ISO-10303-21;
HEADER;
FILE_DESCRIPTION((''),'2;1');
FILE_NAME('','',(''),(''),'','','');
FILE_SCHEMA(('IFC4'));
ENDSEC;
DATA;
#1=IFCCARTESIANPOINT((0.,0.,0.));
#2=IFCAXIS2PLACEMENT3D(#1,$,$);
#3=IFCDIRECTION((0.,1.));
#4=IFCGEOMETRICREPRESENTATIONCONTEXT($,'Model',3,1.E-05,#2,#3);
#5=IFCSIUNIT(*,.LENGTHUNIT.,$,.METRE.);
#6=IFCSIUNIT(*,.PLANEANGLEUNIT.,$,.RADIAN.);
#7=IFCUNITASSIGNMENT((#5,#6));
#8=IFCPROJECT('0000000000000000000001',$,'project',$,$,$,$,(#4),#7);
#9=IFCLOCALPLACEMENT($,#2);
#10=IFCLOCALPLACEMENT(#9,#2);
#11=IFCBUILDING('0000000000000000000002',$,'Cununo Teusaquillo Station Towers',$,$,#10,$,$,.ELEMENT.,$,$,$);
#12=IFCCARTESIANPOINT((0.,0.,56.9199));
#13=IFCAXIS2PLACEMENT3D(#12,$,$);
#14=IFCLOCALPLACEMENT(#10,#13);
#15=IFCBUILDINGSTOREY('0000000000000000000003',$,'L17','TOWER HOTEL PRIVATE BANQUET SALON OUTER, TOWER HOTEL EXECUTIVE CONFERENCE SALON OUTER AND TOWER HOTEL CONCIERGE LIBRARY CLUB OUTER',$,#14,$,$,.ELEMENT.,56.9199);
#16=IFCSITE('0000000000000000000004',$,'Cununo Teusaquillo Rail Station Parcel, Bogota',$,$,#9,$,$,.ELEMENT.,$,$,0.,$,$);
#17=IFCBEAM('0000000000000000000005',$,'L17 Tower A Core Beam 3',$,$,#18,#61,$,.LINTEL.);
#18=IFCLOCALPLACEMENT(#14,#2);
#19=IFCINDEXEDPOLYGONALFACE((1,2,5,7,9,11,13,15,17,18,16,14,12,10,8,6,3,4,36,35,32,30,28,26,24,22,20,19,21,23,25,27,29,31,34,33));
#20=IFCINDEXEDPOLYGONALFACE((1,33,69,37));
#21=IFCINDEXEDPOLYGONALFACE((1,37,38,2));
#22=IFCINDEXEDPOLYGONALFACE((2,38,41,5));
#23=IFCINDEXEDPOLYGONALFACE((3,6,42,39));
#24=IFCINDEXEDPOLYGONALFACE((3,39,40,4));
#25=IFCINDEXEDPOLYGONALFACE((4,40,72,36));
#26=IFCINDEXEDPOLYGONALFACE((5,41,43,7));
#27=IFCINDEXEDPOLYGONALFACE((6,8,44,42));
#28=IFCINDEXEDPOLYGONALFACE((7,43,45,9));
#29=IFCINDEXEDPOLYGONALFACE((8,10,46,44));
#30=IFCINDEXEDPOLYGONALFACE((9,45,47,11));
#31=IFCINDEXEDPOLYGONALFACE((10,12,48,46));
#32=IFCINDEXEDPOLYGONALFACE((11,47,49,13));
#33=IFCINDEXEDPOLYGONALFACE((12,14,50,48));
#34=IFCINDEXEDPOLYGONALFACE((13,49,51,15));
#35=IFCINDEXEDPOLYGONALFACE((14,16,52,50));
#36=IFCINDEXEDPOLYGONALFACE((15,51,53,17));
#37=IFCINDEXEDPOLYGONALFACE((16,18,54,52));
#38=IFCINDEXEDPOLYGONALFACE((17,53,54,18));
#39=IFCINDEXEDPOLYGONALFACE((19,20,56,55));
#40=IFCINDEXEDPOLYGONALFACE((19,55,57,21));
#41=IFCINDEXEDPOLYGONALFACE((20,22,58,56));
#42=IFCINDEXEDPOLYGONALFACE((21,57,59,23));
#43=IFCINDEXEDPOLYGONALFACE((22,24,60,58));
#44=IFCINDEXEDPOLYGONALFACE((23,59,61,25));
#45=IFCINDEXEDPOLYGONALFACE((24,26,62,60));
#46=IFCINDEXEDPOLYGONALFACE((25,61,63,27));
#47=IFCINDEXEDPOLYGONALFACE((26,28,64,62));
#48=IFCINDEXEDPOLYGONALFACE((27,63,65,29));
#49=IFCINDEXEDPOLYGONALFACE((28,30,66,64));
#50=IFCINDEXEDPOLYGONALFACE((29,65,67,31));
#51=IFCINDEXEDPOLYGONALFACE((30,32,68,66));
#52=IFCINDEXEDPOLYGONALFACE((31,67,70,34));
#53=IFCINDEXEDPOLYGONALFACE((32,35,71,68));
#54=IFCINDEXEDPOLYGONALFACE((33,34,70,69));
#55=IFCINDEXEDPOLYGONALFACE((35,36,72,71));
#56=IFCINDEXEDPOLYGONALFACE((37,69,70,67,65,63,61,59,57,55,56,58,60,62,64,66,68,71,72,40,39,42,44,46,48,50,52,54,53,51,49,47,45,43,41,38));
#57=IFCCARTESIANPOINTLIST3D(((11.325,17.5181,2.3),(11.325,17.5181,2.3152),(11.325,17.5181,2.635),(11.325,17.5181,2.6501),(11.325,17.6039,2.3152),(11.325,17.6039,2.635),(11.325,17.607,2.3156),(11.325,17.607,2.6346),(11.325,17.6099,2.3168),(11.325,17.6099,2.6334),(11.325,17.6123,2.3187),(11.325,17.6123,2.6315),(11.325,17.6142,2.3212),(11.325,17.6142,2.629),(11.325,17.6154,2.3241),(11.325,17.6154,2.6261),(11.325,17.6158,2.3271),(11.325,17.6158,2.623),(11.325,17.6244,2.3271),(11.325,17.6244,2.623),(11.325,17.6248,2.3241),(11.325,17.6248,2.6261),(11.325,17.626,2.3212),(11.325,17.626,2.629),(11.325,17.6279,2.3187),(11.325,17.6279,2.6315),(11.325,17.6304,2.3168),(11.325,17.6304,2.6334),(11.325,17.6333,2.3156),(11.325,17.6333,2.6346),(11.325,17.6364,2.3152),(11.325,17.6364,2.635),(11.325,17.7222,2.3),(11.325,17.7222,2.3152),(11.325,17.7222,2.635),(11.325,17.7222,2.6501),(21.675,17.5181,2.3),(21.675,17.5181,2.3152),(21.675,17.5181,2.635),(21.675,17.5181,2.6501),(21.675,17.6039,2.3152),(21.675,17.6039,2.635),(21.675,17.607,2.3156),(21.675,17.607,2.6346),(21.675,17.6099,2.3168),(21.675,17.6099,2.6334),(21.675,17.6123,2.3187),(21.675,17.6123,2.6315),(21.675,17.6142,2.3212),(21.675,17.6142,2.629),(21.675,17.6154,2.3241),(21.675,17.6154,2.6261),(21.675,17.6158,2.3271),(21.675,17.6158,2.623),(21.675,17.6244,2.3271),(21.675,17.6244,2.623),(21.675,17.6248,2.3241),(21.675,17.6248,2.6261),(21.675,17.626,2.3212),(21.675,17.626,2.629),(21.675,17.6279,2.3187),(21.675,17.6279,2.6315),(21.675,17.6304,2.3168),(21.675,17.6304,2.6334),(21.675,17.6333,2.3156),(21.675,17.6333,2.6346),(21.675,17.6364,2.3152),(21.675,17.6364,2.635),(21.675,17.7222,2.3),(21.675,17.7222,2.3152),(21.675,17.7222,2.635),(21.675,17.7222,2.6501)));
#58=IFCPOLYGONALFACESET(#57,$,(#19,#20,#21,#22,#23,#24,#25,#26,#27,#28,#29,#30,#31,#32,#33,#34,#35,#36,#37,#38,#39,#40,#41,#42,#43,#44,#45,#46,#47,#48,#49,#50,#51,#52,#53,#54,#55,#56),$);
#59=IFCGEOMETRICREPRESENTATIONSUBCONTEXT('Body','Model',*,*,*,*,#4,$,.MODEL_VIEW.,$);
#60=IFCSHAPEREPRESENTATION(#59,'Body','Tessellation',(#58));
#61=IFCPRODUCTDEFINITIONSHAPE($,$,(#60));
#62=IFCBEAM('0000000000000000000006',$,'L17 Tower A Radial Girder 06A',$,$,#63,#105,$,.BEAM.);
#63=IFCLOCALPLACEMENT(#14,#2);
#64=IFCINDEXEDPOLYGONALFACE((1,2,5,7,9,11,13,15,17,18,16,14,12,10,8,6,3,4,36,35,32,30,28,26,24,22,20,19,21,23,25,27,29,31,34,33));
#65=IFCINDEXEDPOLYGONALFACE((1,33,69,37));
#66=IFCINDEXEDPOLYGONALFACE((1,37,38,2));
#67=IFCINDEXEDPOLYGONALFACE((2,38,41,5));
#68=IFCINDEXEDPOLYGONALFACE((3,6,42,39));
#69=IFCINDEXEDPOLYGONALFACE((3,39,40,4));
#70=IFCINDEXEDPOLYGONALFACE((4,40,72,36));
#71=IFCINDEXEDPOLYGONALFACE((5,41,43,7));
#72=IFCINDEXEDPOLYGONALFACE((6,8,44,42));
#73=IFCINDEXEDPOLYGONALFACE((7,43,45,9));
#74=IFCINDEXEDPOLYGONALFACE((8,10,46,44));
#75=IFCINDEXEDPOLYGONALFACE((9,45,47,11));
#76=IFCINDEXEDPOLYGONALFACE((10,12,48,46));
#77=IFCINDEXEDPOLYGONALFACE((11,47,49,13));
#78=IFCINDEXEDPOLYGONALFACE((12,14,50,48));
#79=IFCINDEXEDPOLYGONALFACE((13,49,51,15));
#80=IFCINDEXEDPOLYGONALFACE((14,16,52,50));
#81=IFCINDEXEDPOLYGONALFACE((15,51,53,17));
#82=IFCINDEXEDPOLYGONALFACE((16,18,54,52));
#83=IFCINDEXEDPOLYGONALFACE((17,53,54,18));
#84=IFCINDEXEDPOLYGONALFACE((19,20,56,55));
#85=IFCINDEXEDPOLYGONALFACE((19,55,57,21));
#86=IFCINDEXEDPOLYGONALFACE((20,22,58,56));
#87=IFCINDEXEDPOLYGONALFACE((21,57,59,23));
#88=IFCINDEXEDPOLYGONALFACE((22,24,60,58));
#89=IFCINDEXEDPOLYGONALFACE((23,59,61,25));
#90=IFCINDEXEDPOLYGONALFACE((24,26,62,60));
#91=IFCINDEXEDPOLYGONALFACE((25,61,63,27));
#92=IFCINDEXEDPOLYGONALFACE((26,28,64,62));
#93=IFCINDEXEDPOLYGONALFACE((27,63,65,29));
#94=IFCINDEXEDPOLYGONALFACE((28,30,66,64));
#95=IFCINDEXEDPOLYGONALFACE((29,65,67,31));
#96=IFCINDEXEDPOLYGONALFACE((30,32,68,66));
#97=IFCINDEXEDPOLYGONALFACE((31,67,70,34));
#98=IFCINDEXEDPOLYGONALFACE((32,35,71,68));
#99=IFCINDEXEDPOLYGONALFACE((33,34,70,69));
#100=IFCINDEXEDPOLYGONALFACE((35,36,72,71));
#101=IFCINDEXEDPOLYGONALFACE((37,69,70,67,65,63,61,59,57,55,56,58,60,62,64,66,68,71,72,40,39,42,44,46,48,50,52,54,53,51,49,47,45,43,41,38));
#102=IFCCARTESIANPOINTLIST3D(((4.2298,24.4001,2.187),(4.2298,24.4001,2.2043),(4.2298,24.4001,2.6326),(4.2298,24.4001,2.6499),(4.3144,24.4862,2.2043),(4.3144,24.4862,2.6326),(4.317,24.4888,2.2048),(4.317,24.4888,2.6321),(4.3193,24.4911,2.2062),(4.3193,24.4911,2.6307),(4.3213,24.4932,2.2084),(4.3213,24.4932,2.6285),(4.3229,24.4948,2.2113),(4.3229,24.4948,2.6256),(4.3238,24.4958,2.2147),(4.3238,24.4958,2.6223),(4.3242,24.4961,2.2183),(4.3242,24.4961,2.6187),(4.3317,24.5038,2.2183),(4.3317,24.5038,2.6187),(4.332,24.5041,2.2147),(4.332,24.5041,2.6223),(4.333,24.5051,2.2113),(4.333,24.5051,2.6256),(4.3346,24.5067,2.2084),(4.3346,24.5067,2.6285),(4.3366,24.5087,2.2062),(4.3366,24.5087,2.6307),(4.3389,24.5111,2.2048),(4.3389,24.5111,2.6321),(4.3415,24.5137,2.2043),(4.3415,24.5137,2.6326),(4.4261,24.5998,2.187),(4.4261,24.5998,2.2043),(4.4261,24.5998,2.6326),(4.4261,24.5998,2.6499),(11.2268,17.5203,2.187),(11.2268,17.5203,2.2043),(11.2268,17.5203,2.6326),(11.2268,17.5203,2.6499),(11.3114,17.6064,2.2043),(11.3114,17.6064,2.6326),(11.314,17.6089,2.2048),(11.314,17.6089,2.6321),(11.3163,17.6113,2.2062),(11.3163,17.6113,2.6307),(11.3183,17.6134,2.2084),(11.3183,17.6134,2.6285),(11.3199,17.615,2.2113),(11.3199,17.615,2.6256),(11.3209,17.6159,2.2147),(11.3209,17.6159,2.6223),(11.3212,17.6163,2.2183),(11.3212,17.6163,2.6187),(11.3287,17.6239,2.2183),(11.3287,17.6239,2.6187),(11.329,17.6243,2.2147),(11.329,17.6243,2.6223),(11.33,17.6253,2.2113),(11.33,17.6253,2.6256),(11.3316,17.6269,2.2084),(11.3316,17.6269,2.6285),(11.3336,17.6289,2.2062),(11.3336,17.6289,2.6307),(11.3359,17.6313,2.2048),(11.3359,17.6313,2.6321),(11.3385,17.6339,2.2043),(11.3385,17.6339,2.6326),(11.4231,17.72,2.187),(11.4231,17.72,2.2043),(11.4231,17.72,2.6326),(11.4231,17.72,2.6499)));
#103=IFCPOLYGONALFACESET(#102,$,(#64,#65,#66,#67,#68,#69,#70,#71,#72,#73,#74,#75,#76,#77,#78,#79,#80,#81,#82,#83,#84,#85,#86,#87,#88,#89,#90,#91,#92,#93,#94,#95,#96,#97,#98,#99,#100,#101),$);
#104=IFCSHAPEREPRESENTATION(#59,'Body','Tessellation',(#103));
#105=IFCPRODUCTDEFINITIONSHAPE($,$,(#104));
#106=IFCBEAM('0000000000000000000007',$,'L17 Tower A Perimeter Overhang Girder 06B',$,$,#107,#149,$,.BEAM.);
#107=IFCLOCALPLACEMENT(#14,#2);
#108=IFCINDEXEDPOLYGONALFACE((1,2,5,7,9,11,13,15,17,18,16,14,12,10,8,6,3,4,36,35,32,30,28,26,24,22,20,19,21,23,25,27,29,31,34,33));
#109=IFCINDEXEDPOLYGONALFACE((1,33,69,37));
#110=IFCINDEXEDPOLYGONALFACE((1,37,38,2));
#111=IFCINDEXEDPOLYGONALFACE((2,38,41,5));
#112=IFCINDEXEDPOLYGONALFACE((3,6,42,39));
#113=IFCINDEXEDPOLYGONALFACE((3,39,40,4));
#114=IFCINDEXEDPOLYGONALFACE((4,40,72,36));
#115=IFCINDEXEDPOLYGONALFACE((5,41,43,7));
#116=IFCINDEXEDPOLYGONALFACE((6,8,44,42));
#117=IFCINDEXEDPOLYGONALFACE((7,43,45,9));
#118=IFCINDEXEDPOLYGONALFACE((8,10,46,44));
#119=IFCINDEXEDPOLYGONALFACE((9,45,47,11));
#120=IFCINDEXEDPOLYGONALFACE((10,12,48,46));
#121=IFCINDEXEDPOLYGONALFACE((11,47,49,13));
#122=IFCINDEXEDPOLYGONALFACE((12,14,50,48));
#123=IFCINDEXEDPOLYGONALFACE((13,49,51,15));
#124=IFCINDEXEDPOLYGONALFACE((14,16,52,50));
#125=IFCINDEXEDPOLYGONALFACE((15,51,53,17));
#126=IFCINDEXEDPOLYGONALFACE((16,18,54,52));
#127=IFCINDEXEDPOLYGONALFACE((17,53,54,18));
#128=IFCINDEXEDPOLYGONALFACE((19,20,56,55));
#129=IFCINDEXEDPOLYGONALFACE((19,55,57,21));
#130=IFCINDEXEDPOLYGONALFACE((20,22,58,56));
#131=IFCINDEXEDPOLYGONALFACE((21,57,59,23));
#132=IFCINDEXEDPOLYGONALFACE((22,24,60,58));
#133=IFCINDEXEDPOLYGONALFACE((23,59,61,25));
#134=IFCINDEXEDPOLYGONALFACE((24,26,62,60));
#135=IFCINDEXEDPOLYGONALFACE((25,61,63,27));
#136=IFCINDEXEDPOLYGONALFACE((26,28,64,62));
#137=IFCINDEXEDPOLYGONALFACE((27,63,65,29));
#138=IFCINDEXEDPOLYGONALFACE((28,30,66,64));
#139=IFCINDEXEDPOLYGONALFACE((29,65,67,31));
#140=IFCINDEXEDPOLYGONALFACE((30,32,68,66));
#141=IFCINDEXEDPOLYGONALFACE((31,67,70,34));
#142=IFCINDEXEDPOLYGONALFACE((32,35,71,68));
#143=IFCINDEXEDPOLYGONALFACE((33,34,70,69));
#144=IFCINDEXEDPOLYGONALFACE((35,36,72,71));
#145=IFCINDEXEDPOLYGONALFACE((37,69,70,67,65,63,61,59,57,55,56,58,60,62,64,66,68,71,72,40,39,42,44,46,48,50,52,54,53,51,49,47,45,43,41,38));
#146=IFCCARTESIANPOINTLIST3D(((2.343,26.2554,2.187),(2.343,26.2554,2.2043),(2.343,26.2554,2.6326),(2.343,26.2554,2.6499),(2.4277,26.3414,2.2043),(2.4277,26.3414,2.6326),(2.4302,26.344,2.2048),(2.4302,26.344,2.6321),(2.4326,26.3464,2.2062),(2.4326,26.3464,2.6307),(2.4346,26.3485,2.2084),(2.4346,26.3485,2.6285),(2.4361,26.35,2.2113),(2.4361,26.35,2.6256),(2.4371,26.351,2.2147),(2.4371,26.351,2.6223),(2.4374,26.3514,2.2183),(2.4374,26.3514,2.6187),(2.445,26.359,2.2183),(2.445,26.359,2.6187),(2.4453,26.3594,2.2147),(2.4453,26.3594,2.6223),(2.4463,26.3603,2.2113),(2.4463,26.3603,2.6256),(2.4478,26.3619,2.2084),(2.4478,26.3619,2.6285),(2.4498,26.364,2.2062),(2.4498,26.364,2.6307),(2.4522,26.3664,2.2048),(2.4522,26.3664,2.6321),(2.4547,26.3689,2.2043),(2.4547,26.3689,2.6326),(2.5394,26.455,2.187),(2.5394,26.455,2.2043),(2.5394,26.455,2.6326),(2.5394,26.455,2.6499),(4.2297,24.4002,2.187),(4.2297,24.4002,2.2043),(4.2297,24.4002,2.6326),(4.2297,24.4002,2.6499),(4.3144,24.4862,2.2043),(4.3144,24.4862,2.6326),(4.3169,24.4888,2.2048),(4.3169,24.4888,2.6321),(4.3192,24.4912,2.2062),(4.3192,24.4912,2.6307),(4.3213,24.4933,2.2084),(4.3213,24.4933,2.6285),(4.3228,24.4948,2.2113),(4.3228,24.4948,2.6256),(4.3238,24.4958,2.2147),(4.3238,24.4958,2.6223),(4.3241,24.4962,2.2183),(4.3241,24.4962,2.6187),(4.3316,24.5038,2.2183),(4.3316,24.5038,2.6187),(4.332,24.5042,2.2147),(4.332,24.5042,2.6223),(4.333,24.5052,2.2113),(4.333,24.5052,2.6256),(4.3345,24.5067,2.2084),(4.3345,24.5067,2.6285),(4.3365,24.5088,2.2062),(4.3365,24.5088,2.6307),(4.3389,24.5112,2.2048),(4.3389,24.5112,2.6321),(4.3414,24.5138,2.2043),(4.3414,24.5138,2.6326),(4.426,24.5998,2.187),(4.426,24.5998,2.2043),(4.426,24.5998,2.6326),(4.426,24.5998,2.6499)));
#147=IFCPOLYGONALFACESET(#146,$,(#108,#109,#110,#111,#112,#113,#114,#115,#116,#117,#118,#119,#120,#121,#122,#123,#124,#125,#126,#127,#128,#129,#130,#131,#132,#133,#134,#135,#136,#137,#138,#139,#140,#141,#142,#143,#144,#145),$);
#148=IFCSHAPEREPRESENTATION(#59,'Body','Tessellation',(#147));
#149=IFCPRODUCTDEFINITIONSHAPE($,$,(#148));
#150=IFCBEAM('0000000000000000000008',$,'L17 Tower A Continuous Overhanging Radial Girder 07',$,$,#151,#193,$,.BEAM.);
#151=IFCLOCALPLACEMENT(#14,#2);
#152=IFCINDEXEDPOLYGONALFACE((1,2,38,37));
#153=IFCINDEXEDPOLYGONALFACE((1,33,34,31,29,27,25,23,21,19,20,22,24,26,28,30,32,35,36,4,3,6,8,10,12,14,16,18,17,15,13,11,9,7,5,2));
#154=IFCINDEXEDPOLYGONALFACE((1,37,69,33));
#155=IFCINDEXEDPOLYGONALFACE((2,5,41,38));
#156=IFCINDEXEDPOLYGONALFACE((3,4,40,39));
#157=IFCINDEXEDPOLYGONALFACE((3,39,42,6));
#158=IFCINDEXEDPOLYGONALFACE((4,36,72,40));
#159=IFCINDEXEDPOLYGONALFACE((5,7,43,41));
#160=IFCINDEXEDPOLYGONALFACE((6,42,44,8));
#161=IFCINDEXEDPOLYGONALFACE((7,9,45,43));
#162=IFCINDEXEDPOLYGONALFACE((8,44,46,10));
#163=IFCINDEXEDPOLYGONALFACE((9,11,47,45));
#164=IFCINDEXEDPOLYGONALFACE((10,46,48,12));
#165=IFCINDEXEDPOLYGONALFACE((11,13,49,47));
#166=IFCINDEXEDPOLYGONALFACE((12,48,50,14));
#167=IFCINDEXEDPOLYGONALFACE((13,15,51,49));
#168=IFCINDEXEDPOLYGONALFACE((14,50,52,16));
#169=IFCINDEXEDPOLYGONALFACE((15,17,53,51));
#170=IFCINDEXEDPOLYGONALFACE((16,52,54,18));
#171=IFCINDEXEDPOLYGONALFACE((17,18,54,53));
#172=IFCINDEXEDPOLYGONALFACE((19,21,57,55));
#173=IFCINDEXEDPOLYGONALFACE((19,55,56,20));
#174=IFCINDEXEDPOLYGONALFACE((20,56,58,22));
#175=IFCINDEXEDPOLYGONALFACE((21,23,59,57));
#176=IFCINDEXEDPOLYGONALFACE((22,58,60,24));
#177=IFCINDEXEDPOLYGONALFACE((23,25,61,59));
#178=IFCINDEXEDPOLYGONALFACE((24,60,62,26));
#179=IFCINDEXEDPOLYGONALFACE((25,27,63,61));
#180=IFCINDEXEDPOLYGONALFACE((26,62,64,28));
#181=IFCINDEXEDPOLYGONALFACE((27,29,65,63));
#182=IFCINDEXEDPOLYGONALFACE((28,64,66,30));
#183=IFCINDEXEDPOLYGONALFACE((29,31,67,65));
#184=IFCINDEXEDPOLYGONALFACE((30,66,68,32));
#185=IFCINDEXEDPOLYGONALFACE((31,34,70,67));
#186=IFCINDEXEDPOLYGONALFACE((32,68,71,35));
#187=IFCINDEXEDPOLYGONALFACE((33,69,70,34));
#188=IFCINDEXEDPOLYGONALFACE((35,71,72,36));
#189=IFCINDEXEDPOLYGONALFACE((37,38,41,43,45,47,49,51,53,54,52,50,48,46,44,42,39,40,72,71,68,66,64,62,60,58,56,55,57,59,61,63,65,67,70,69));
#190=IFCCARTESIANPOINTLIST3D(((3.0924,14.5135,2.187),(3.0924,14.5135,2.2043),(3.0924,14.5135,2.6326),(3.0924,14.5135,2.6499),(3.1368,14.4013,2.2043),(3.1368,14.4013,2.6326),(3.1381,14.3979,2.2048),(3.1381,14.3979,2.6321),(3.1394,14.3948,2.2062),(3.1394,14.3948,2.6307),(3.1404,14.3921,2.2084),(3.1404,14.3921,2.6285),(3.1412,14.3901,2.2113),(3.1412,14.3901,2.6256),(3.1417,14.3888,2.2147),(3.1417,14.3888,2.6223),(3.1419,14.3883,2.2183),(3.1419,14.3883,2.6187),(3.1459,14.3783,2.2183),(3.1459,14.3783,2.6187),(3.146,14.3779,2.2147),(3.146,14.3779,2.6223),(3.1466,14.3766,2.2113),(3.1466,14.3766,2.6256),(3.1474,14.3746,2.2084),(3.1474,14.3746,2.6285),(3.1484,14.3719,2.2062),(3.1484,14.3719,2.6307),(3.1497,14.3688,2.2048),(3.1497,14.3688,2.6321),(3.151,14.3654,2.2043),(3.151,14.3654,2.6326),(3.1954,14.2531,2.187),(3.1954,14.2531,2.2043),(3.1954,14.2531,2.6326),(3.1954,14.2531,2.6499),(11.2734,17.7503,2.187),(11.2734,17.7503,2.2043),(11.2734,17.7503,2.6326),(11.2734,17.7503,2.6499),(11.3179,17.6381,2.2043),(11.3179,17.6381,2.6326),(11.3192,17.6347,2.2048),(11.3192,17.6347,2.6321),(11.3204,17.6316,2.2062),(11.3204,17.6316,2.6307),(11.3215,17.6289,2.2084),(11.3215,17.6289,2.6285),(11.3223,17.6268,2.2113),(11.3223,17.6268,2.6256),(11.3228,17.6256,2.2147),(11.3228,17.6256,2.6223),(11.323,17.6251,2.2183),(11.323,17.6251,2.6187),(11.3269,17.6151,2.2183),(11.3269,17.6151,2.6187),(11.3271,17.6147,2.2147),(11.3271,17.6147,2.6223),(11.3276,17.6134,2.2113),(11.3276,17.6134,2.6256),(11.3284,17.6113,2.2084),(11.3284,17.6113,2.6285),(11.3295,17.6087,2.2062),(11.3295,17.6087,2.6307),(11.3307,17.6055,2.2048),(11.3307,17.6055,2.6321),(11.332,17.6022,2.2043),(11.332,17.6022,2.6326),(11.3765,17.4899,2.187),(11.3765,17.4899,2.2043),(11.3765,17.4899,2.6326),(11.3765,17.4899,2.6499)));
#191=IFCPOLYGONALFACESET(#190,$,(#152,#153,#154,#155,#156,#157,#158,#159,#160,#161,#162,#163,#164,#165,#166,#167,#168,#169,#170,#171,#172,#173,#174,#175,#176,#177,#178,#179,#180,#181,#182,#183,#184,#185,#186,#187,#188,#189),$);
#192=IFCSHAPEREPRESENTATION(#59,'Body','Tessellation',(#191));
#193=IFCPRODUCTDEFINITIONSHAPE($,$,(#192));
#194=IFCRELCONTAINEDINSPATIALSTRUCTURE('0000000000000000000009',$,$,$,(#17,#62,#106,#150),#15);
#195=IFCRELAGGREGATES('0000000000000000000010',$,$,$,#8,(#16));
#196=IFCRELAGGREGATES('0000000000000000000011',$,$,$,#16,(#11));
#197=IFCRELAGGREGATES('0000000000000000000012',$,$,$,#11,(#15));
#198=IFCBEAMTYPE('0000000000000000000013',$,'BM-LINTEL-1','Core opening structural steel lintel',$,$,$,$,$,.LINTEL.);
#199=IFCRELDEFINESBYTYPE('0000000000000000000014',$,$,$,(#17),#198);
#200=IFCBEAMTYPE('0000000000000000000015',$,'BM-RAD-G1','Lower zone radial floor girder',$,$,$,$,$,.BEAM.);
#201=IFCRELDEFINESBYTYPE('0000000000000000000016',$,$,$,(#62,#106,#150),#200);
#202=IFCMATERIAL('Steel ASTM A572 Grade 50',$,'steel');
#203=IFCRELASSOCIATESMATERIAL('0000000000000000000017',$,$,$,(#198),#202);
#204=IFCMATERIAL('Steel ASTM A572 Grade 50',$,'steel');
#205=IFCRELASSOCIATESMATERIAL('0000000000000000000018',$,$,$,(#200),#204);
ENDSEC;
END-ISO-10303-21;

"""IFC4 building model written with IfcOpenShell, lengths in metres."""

from ifc_helpers import new_model, si_unit, direction, frame, origin, origin_2d, place, context, subcontext, project, spatial, i_section, extrude, material, material_profile, profile_set, type_object, element, save


model = new_model("IFC4")

# Units and contexts
model_context = context("Model", 3, precision=1e-05, world=origin(), true_north=direction((0.0, 1.0)))
body_context = subcontext(model_context, "Body", "Model", "MODEL_VIEW")
ifc_project = project(units=[si_unit("LENGTHUNIT", "METRE"), si_unit("PLANEANGLEUNIT", "RADIAN")], contexts=[model_context])

# Site, building, storey
site_placement = place(None, origin())
site = spatial("IfcSite", under=ifc_project, at=site_placement, Name="Cununo Teusaquillo Rail Station Parcel, Bogota", CompositionType="ELEMENT", RefElevation=0.0)
building_placement = place(site_placement, origin())
building = spatial("IfcBuilding", under=site, at=building_placement, Name="Cununo Teusaquillo Station Towers", CompositionType="ELEMENT")
storey_placement = place(building_placement, frame((0.0, 0.0, 56.9199)))
storey = spatial("IfcBuildingStorey", under=building, at=storey_placement, Name="L17", Description="TOWER HOTEL PRIVATE BANQUET SALON OUTER, TOWER HOTEL EXECUTIVE CONFERENCE SALON OUTER AND TOWER HOTEL CONCIERGE LIBRARY CLUB OUTER", CompositionType="ELEMENT", Elevation=56.9199)

# Beams
ifc_material_1 = material(Name="Steel ASTM A572 Grade 50", Category="steel")
ifc_material_profile_1 = material_profile(ifc_material_1, i_section(OverallWidth=0.2041, OverallDepth=0.3501, WebThickness=0.0085, FlangeThickness=0.0151, FilletRadius=0.012, at=origin_2d()), Name="W14X48")
ifc_profile_set_1 = profile_set([ifc_material_profile_1], Name="Steel ASTM A572 Grade 50")
beam_type_1 = type_object("IfcBeamType", Name="BM-LINTEL-1", Description="Core opening structural steel lintel", PredefinedType="LINTEL", material=ifc_profile_set_1)
beam_1_placement = place(storey_placement, frame((11.325, 17.6201, 2.4751), z_axis=(1.0, 0.0, 0.0), x_axis=(0.0, 1.0, 0.0)))
element("IfcBeam", 1, at=beam_1_placement, inside=storey, type_object=beam_type_1, Name="L17 Tower A Core Beam 3", PredefinedType="LINTEL", context=body_context, shape_type="SweptSolid", body=[
    extrude(i_section(OverallWidth=0.2041, OverallDepth=0.3501, WebThickness=0.0085, FlangeThickness=0.0151, FilletRadius=0.012, at=origin_2d()), origin(), (0.0, 0.0, 1.0), 10.3501),
])
ifc_material_2 = material(Name="Steel ASTM A572 Grade 50", Category="steel")
ifc_material_profile_2 = material_profile(ifc_material_2, i_section(OverallWidth=0.28, OverallDepth=0.4629, WebThickness=0.0107, FlangeThickness=0.0173, FilletRadius=0.0139, at=origin_2d()), Name="W18X76")
ifc_profile_set_2 = profile_set([ifc_material_profile_2], Name="Steel ASTM A572 Grade 50")
beam_type_2 = type_object("IfcBeamType", Name="BM-RAD-G1", Description="Lower zone radial floor girder", PredefinedType="BEAM", material=ifc_profile_set_2)
beam_2_placement = place(storey_placement, frame((11.325, 17.6201, 2.4185), z_axis=(-0.713053, 0.70111, 0.0), x_axis=(-0.70111, -0.713053, 0.0)))
element("IfcBeam", 2, at=beam_2_placement, inside=storey, type_object=beam_type_2, Name="L17 Tower A Radial Girder 06A", PredefinedType="BEAM", context=body_context, shape_type="SweptSolid", body=[
    extrude(i_section(OverallWidth=0.28, OverallDepth=0.4629, WebThickness=0.0107, FlangeThickness=0.0173, FilletRadius=0.0139, at=origin_2d()), origin(), (0.0, 0.0, 1.0), 9.8127),
])
beam_3_placement = place(storey_placement, frame((4.3279, 24.5, 2.4185), z_axis=(-0.713033, 0.701131, 0.0), x_axis=(-0.701131, -0.713033, 0.0)))
element("IfcBeam", 3, at=beam_3_placement, inside=storey, type_object=beam_type_2, Name="L17 Tower A Perimeter Overhang Girder 06B", PredefinedType="BEAM", context=body_context, shape_type="SweptSolid", body=[
    extrude(i_section(OverallWidth=0.28, OverallDepth=0.4629, WebThickness=0.0107, FlangeThickness=0.0173, FilletRadius=0.0139, at=origin_2d()), origin(), (0.0, 0.0, 1.0), 2.646),
])
beam_4_placement = place(storey_placement, frame((11.325, 17.6201, 2.4185), z_axis=(-0.929867, -0.367896, 0.0), x_axis=(0.367896, -0.929867, 0.0)))
element("IfcBeam", 4, at=beam_4_placement, inside=storey, type_object=beam_type_2, Name="L17 Tower A Continuous Overhanging Radial Girder 07", PredefinedType="BEAM", context=body_context, shape_type="SweptSolid", body=[
    extrude(i_section(OverallWidth=0.28, OverallDepth=0.4629, WebThickness=0.0107, FlangeThickness=0.0173, FilletRadius=0.0139, at=origin_2d()), origin(), (0.0, 0.0, 1.0), 8.7981),
])

save(model, "model.ifc")
